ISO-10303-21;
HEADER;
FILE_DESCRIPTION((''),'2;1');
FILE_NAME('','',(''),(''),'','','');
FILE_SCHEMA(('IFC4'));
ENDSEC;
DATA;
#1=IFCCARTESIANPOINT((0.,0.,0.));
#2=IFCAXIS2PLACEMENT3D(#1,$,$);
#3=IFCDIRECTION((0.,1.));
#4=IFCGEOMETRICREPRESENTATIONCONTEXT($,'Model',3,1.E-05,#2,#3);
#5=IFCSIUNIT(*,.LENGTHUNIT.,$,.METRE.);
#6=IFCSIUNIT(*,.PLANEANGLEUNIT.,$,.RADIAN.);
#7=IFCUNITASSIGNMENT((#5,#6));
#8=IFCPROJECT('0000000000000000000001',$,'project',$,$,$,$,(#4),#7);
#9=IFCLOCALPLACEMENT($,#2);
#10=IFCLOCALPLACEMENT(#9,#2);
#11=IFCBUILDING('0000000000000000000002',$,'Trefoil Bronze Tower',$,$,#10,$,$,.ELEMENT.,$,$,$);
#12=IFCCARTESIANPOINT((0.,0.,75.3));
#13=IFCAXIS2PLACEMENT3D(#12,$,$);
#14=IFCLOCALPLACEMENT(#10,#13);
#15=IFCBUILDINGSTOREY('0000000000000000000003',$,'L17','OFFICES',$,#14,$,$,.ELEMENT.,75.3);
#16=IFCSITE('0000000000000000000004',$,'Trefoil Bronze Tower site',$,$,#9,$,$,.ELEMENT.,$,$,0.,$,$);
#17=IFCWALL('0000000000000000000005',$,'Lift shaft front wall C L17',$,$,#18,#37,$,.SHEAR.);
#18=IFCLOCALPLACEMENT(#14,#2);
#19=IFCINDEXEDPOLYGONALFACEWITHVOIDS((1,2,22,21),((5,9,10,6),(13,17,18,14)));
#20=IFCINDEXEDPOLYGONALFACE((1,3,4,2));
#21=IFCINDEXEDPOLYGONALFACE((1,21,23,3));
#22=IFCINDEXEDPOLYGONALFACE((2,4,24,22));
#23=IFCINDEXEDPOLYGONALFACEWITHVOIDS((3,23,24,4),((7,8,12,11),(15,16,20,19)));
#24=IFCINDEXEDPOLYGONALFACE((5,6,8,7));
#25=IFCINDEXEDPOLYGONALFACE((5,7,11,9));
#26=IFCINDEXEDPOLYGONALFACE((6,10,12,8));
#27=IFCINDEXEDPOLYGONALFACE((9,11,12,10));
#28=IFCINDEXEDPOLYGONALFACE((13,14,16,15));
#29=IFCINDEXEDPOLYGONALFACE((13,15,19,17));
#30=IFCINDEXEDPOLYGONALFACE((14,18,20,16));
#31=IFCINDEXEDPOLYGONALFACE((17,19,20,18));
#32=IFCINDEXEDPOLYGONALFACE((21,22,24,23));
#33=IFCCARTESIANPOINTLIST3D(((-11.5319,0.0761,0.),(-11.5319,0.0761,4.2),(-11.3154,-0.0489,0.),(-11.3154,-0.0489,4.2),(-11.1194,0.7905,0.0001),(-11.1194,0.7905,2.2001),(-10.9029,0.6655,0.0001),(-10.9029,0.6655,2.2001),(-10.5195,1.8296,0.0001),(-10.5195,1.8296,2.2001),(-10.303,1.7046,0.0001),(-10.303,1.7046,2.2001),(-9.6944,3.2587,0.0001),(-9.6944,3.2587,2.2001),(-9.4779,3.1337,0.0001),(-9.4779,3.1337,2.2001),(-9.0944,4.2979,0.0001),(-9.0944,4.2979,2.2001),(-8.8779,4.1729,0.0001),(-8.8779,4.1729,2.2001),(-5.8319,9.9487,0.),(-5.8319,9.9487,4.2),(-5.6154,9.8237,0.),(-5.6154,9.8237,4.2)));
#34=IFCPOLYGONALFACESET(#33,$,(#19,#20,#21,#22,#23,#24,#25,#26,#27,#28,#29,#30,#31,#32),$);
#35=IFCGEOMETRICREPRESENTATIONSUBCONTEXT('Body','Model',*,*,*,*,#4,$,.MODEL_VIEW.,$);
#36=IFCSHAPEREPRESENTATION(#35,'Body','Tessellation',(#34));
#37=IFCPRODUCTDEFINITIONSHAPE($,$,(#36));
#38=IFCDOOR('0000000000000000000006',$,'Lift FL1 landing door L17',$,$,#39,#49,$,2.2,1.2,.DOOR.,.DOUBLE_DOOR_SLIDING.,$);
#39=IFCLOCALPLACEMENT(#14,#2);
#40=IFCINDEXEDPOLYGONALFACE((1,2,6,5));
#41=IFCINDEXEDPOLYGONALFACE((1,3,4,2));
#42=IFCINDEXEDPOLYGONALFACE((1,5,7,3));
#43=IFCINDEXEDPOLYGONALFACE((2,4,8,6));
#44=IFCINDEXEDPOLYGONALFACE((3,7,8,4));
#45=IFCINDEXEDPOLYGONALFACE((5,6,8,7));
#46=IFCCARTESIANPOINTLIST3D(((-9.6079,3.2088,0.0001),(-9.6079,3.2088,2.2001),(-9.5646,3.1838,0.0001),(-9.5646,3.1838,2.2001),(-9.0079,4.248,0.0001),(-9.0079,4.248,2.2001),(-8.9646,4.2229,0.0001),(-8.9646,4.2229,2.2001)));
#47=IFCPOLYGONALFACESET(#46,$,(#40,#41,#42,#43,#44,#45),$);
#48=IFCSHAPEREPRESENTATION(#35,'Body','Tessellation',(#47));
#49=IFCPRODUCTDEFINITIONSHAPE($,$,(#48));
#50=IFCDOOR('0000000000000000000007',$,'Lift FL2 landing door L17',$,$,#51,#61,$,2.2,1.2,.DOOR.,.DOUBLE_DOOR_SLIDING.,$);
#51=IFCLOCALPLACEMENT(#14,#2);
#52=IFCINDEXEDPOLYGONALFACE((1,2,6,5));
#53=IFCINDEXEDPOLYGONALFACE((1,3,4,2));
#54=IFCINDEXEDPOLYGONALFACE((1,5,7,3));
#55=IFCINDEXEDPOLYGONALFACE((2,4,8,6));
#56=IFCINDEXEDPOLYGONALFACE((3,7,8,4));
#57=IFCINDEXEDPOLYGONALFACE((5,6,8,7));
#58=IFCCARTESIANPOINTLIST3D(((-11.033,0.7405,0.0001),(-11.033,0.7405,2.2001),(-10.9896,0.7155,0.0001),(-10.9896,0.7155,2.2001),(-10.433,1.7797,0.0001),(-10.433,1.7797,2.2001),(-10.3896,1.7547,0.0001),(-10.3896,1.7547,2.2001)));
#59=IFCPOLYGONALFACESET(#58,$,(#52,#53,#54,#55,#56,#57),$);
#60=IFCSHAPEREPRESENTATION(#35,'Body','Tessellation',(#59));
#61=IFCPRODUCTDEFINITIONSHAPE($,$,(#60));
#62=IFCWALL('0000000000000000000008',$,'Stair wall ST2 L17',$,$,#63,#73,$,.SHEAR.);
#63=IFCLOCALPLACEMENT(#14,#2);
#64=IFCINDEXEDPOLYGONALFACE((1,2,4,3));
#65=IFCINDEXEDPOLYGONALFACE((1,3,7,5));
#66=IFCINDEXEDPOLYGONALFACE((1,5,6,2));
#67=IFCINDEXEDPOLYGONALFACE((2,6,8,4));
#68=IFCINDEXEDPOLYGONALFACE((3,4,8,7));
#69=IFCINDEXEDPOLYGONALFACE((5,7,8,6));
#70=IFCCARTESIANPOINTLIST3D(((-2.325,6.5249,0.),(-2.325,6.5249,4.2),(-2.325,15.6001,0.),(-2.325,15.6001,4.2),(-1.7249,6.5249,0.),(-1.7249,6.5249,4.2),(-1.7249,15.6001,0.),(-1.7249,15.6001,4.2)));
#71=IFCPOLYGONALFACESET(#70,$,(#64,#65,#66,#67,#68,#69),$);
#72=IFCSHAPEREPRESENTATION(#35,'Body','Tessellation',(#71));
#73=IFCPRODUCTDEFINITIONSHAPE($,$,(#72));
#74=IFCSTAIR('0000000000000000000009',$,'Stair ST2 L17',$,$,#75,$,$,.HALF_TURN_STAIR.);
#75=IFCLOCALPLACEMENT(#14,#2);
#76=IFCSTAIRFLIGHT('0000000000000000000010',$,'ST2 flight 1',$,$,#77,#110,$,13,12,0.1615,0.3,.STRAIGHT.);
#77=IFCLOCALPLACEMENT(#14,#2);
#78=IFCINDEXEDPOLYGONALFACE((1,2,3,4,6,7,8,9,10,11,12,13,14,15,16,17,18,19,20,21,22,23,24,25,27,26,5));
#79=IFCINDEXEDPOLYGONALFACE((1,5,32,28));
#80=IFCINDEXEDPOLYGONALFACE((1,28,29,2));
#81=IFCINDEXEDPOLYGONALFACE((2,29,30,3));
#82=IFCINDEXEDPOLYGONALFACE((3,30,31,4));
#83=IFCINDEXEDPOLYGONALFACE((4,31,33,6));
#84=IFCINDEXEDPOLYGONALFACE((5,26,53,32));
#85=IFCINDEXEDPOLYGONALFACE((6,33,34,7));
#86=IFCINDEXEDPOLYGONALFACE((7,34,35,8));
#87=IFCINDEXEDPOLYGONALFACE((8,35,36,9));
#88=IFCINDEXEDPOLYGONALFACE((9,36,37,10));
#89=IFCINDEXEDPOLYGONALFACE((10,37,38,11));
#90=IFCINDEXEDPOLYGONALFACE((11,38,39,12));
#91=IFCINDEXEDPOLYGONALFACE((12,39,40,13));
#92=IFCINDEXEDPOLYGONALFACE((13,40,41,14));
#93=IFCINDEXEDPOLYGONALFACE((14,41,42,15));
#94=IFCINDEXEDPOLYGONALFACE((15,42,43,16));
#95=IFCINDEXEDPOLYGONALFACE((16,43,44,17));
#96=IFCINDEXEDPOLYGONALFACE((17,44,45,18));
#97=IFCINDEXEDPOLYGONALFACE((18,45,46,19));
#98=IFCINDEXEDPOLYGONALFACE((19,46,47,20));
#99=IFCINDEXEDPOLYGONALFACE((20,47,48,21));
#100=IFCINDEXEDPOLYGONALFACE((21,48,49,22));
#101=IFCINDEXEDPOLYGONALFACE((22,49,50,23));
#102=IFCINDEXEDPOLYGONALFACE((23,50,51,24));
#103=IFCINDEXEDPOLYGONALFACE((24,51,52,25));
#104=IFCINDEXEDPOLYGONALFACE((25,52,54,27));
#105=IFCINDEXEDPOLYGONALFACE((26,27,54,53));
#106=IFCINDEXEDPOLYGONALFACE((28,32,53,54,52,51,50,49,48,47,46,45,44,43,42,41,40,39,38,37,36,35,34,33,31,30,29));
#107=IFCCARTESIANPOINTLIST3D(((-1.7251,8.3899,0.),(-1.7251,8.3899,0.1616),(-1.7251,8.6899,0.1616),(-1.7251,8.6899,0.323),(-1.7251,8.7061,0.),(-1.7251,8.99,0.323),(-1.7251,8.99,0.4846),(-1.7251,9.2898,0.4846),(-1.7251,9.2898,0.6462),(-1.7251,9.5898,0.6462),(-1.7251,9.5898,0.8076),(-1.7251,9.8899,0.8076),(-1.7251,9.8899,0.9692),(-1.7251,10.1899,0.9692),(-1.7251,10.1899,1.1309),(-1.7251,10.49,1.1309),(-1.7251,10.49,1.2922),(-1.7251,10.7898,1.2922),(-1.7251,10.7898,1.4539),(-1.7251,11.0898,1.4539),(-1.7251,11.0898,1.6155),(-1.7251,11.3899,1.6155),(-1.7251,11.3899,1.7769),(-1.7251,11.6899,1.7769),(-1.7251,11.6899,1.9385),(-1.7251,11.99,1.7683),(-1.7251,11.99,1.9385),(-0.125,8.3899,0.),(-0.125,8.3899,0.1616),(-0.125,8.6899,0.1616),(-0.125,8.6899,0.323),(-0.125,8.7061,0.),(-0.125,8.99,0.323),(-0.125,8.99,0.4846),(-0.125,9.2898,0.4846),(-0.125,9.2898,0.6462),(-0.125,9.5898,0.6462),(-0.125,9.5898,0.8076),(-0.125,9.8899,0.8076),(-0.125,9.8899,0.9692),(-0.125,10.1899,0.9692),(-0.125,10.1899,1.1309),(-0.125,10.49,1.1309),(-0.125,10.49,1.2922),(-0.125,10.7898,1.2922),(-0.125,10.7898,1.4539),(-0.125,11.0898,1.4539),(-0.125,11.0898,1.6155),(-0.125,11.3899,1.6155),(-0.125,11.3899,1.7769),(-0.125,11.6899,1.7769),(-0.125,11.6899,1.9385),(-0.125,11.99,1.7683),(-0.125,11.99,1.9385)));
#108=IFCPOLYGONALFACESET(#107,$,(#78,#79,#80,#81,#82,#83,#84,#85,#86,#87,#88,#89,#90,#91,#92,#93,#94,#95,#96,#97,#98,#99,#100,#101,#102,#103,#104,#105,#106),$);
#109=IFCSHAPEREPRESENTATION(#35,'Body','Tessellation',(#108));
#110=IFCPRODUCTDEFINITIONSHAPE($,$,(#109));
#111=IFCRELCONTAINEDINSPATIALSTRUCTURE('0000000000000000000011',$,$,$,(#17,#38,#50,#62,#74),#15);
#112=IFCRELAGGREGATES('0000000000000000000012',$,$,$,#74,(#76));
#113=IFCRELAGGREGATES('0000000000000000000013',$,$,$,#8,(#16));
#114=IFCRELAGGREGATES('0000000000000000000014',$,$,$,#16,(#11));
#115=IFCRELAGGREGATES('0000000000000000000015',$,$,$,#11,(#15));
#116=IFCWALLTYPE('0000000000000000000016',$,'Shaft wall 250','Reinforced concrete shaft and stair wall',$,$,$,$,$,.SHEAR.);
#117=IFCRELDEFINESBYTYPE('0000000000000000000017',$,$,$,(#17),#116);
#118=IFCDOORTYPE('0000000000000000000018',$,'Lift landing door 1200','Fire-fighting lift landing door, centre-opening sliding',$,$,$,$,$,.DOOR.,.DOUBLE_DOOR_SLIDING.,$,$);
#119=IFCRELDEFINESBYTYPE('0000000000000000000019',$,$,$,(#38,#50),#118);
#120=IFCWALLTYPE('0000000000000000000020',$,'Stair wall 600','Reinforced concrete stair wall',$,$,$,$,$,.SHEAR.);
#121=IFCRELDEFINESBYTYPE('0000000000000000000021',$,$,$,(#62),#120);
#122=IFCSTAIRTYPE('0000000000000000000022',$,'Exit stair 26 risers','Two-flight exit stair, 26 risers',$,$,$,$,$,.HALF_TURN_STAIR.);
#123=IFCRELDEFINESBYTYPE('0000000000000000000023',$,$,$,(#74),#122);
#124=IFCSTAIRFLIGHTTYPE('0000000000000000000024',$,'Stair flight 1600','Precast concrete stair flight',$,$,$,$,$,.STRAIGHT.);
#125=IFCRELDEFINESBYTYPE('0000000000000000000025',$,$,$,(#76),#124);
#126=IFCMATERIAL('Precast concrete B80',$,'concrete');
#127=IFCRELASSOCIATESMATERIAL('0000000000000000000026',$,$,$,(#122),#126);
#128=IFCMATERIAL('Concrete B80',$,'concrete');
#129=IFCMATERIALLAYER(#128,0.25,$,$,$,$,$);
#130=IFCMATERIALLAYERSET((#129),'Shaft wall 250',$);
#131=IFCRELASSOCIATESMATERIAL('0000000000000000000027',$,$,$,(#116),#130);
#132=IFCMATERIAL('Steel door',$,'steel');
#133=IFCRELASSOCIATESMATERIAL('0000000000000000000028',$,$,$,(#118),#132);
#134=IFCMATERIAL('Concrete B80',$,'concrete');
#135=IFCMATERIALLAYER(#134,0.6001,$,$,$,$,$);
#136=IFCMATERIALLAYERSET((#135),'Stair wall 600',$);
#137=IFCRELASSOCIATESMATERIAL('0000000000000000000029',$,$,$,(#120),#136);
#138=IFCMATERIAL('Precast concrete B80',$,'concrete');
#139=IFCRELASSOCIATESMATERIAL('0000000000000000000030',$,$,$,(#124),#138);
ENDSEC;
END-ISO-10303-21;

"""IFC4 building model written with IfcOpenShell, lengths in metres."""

from ifc_helpers import new_model, si_unit, direction, frame, frame_2d, origin, place, context, subcontext, project, spatial, polyline, rectangle, outline, extrude, material, layer, layer_set, type_object, element, fill, aggregate, save


model = new_model("IFC4")

# Units and contexts
model_context = context("Model", 3, precision=1e-05, world=origin(), true_north=direction((0.0, 1.0)))
body_context = subcontext(model_context, "Body", "Model", "MODEL_VIEW")
ifc_project = project(units=[si_unit("LENGTHUNIT", "METRE"), si_unit("PLANEANGLEUNIT", "RADIAN")], contexts=[model_context])

# Site, building, storey
site_placement = place(None, origin())
site = spatial("IfcSite", under=ifc_project, at=site_placement, Name="Trefoil Bronze Tower site", CompositionType="ELEMENT", RefElevation=0.0)
building_placement = place(site_placement, origin())
building = spatial("IfcBuilding", under=site, at=building_placement, Name="Trefoil Bronze Tower", CompositionType="ELEMENT")
storey_placement = place(building_placement, frame((0.0, 0.0, 75.3)))
storey = spatial("IfcBuildingStorey", under=building, at=storey_placement, Name="L17", Description="OFFICES", CompositionType="ELEMENT", Elevation=75.3)

# Shared definitions
ifc_material_1 = material(Name="Precast concrete B80", Category="concrete")
stair_type = type_object("IfcStairType", Name="Exit stair 26 risers", Description="Two-flight exit stair, 26 risers", PredefinedType="HALF_TURN_STAIR", material=ifc_material_1)

# Wall, openings, doors
ifc_material_2 = material(Name="Concrete B80", Category="concrete")
ifc_layer_1 = layer(ifc_material_2, 0.25)
ifc_layer_set_1 = layer_set([ifc_layer_1], Name="Shaft wall 250")
wall_type_1 = type_object("IfcWallType", Name="Shaft wall 250", Description="Reinforced concrete shaft and stair wall", PredefinedType="SHEAR", material=ifc_layer_set_1)
wall_1_placement = place(storey_placement, frame((-5.7236, 9.8862, 0.0), z_axis=(0.0, 0.0, 1.0), x_axis=(-0.500002, -0.866024, 0.0)))
wall_1 = element("IfcWall", 1, at=wall_1_placement, inside=storey, type_object=wall_type_1, Name="Lift shaft front wall C L17", PredefinedType="SHEAR", context=body_context, shape_type="SweptSolid", body=[
    extrude(rectangle(XDim=11.3999, YDim=0.25, at=frame_2d((5.7, 0.0))), origin(), (0.0, 0.0, 1.0), 4.2),
])
opening_1_placement = place(wall_1_placement, frame((6.5249, 0.0, 0.0)))
opening_1 = element("IfcOpeningElement", 2, at=opening_1_placement, cuts=wall_1, PredefinedType="OPENING", context=body_context, shape_type="SweptSolid", body=[
    extrude(rectangle(XDim=1.2, YDim=2.2, at=frame_2d((0.6001, 1.1001))), frame((0.0, 0.135, 0.0), z_axis=(0.0, -1.0, 0.0), x_axis=(1.0, 0.0, 0.0)), (0.0, 0.0, 1.0), 0.27),
])
opening_2_placement = place(wall_1_placement, frame((9.375, 0.0, 0.0)))
opening_2 = element("IfcOpeningElement", 3, at=opening_2_placement, cuts=wall_1, PredefinedType="OPENING", context=body_context, shape_type="SweptSolid", body=[
    extrude(rectangle(XDim=1.2, YDim=2.2, at=frame_2d((0.6001, 1.1001))), frame((0.0, 0.135, 0.0), z_axis=(0.0, -1.0, 0.0), x_axis=(1.0, 0.0, 0.0)), (0.0, 0.0, 1.0), 0.27),
])
ifc_material_3 = material(Name="Steel door", Category="steel")
door_type_1 = type_object("IfcDoorType", Name="Lift landing door 1200", Description="Fire-fighting lift landing door, centre-opening sliding", OperationType="DOUBLE_DOOR_SLIDING", PredefinedType="DOOR", material=ifc_material_3)
door_1_placement = place(opening_1_placement, origin())
door_1 = element("IfcDoor", 4, at=door_1_placement, inside=storey, type_object=door_type_1, Name="Lift FL1 landing door L17", OperationType="DOUBLE_DOOR_SLIDING", OverallHeight=2.2, OverallWidth=1.2, PredefinedType="DOOR", context=body_context, shape_type="SweptSolid", body=[
    extrude(rectangle(XDim=1.2, YDim=2.2, at=frame_2d((0.6001, 1.1001))), frame((0.0, 0.0249, 0.0), z_axis=(0.0, -1.0, 0.0), x_axis=(1.0, 0.0, 0.0)), (0.0, 0.0, 1.0), 0.05),
])
fill(opening_1, door_1)
door_2_placement = place(opening_2_placement, origin())
door_2 = element("IfcDoor", 5, at=door_2_placement, inside=storey, type_object=door_type_1, Name="Lift FL2 landing door L17", OperationType="DOUBLE_DOOR_SLIDING", OverallHeight=2.2, OverallWidth=1.2, PredefinedType="DOOR", context=body_context, shape_type="SweptSolid", body=[
    extrude(rectangle(XDim=1.2, YDim=2.2, at=frame_2d((0.6001, 1.1001))), frame((0.0, 0.0249, 0.0), z_axis=(0.0, -1.0, 0.0), x_axis=(1.0, 0.0, 0.0)), (0.0, 0.0, 1.0), 0.05),
])
fill(opening_2, door_2)

# Wall
ifc_material_4 = material(Name="Concrete B80", Category="concrete")
ifc_layer_2 = layer(ifc_material_4, 0.6001)
ifc_layer_set_2 = layer_set([ifc_layer_2], Name="Stair wall 600")
wall_type_2 = type_object("IfcWallType", Name="Stair wall 600", Description="Reinforced concrete stair wall", PredefinedType="SHEAR", material=ifc_layer_set_2)
wall_2_placement = place(storey_placement, frame((-2.0249, 6.5249, 0.0), z_axis=(0.0, 0.0, 1.0), x_axis=(0.0, 1.0, 0.0)))
element("IfcWall", 6, at=wall_2_placement, inside=storey, type_object=wall_type_2, Name="Stair wall ST2 L17", PredefinedType="SHEAR", context=body_context, shape_type="SweptSolid", body=[
    extrude(rectangle(XDim=9.0752, YDim=0.6001, at=frame_2d((4.5376, 0.0))), origin(), (0.0, 0.0, 1.0), 4.2),
])

# Stair, stair flight
stair_1_placement = place(storey_placement, origin())
stair_1 = element("IfcStair", 7, at=stair_1_placement, inside=storey, type_object=stair_type, Name="Stair ST2 L17", PredefinedType="HALF_TURN_STAIR")
ifc_material_5 = material(Name="Precast concrete B80", Category="concrete")
stair_flight_type = type_object("IfcStairFlightType", Name="Stair flight 1600", Description="Precast concrete stair flight", PredefinedType="STRAIGHT", material=ifc_material_5)
stair_flight_placement = place(storey_placement, frame((-0.925, 8.3899, 0.0), z_axis=(0.0, 0.0, 1.0), x_axis=(0.0, 1.0, 0.0)))
stair_flight = element("IfcStairFlight", 8, at=stair_flight_placement, type_object=stair_flight_type, Name="ST2 flight 1", NumberOfRisers=13, NumberOfTreads=12, PredefinedType="STRAIGHT", RiserHeight=0.1615, TreadLength=0.3, context=body_context, shape_type="SweptSolid", body=[
    extrude(outline(polyline([(0.0, 0.0), (0.0, 0.1616), (0.3, 0.1616), (0.3, 0.323), (0.6001, 0.323), (0.6001, 0.4846), (0.8999, 0.4846), (0.8999, 0.6462), (1.2, 0.6462), (1.2, 0.8076), (1.5, 0.8076), (1.5, 0.9692), (1.8, 0.9692), (1.8, 1.1309), (2.1001, 1.1309), (2.1001, 1.2922), (2.3999, 1.2922), (2.3999, 1.4539), (2.7, 1.4539), (2.7, 1.6155), (3.0, 1.6155), (3.0, 1.7769), (3.3, 1.7769), (3.3, 1.9385), (3.6001, 1.9385), (3.6001, 2.1001), (3.6001, 1.7683), (0.3162, 0.0), (0.0, 0.0)])), frame((0.0, 0.8, 0.0), z_axis=(0.0, -1.0, 0.0), x_axis=(1.0, 0.0, 0.0)), (0.0, 0.0, 1.0), 1.6001),
])
aggregate(stair_1, [stair_flight])

save(model, "model.ifc")
